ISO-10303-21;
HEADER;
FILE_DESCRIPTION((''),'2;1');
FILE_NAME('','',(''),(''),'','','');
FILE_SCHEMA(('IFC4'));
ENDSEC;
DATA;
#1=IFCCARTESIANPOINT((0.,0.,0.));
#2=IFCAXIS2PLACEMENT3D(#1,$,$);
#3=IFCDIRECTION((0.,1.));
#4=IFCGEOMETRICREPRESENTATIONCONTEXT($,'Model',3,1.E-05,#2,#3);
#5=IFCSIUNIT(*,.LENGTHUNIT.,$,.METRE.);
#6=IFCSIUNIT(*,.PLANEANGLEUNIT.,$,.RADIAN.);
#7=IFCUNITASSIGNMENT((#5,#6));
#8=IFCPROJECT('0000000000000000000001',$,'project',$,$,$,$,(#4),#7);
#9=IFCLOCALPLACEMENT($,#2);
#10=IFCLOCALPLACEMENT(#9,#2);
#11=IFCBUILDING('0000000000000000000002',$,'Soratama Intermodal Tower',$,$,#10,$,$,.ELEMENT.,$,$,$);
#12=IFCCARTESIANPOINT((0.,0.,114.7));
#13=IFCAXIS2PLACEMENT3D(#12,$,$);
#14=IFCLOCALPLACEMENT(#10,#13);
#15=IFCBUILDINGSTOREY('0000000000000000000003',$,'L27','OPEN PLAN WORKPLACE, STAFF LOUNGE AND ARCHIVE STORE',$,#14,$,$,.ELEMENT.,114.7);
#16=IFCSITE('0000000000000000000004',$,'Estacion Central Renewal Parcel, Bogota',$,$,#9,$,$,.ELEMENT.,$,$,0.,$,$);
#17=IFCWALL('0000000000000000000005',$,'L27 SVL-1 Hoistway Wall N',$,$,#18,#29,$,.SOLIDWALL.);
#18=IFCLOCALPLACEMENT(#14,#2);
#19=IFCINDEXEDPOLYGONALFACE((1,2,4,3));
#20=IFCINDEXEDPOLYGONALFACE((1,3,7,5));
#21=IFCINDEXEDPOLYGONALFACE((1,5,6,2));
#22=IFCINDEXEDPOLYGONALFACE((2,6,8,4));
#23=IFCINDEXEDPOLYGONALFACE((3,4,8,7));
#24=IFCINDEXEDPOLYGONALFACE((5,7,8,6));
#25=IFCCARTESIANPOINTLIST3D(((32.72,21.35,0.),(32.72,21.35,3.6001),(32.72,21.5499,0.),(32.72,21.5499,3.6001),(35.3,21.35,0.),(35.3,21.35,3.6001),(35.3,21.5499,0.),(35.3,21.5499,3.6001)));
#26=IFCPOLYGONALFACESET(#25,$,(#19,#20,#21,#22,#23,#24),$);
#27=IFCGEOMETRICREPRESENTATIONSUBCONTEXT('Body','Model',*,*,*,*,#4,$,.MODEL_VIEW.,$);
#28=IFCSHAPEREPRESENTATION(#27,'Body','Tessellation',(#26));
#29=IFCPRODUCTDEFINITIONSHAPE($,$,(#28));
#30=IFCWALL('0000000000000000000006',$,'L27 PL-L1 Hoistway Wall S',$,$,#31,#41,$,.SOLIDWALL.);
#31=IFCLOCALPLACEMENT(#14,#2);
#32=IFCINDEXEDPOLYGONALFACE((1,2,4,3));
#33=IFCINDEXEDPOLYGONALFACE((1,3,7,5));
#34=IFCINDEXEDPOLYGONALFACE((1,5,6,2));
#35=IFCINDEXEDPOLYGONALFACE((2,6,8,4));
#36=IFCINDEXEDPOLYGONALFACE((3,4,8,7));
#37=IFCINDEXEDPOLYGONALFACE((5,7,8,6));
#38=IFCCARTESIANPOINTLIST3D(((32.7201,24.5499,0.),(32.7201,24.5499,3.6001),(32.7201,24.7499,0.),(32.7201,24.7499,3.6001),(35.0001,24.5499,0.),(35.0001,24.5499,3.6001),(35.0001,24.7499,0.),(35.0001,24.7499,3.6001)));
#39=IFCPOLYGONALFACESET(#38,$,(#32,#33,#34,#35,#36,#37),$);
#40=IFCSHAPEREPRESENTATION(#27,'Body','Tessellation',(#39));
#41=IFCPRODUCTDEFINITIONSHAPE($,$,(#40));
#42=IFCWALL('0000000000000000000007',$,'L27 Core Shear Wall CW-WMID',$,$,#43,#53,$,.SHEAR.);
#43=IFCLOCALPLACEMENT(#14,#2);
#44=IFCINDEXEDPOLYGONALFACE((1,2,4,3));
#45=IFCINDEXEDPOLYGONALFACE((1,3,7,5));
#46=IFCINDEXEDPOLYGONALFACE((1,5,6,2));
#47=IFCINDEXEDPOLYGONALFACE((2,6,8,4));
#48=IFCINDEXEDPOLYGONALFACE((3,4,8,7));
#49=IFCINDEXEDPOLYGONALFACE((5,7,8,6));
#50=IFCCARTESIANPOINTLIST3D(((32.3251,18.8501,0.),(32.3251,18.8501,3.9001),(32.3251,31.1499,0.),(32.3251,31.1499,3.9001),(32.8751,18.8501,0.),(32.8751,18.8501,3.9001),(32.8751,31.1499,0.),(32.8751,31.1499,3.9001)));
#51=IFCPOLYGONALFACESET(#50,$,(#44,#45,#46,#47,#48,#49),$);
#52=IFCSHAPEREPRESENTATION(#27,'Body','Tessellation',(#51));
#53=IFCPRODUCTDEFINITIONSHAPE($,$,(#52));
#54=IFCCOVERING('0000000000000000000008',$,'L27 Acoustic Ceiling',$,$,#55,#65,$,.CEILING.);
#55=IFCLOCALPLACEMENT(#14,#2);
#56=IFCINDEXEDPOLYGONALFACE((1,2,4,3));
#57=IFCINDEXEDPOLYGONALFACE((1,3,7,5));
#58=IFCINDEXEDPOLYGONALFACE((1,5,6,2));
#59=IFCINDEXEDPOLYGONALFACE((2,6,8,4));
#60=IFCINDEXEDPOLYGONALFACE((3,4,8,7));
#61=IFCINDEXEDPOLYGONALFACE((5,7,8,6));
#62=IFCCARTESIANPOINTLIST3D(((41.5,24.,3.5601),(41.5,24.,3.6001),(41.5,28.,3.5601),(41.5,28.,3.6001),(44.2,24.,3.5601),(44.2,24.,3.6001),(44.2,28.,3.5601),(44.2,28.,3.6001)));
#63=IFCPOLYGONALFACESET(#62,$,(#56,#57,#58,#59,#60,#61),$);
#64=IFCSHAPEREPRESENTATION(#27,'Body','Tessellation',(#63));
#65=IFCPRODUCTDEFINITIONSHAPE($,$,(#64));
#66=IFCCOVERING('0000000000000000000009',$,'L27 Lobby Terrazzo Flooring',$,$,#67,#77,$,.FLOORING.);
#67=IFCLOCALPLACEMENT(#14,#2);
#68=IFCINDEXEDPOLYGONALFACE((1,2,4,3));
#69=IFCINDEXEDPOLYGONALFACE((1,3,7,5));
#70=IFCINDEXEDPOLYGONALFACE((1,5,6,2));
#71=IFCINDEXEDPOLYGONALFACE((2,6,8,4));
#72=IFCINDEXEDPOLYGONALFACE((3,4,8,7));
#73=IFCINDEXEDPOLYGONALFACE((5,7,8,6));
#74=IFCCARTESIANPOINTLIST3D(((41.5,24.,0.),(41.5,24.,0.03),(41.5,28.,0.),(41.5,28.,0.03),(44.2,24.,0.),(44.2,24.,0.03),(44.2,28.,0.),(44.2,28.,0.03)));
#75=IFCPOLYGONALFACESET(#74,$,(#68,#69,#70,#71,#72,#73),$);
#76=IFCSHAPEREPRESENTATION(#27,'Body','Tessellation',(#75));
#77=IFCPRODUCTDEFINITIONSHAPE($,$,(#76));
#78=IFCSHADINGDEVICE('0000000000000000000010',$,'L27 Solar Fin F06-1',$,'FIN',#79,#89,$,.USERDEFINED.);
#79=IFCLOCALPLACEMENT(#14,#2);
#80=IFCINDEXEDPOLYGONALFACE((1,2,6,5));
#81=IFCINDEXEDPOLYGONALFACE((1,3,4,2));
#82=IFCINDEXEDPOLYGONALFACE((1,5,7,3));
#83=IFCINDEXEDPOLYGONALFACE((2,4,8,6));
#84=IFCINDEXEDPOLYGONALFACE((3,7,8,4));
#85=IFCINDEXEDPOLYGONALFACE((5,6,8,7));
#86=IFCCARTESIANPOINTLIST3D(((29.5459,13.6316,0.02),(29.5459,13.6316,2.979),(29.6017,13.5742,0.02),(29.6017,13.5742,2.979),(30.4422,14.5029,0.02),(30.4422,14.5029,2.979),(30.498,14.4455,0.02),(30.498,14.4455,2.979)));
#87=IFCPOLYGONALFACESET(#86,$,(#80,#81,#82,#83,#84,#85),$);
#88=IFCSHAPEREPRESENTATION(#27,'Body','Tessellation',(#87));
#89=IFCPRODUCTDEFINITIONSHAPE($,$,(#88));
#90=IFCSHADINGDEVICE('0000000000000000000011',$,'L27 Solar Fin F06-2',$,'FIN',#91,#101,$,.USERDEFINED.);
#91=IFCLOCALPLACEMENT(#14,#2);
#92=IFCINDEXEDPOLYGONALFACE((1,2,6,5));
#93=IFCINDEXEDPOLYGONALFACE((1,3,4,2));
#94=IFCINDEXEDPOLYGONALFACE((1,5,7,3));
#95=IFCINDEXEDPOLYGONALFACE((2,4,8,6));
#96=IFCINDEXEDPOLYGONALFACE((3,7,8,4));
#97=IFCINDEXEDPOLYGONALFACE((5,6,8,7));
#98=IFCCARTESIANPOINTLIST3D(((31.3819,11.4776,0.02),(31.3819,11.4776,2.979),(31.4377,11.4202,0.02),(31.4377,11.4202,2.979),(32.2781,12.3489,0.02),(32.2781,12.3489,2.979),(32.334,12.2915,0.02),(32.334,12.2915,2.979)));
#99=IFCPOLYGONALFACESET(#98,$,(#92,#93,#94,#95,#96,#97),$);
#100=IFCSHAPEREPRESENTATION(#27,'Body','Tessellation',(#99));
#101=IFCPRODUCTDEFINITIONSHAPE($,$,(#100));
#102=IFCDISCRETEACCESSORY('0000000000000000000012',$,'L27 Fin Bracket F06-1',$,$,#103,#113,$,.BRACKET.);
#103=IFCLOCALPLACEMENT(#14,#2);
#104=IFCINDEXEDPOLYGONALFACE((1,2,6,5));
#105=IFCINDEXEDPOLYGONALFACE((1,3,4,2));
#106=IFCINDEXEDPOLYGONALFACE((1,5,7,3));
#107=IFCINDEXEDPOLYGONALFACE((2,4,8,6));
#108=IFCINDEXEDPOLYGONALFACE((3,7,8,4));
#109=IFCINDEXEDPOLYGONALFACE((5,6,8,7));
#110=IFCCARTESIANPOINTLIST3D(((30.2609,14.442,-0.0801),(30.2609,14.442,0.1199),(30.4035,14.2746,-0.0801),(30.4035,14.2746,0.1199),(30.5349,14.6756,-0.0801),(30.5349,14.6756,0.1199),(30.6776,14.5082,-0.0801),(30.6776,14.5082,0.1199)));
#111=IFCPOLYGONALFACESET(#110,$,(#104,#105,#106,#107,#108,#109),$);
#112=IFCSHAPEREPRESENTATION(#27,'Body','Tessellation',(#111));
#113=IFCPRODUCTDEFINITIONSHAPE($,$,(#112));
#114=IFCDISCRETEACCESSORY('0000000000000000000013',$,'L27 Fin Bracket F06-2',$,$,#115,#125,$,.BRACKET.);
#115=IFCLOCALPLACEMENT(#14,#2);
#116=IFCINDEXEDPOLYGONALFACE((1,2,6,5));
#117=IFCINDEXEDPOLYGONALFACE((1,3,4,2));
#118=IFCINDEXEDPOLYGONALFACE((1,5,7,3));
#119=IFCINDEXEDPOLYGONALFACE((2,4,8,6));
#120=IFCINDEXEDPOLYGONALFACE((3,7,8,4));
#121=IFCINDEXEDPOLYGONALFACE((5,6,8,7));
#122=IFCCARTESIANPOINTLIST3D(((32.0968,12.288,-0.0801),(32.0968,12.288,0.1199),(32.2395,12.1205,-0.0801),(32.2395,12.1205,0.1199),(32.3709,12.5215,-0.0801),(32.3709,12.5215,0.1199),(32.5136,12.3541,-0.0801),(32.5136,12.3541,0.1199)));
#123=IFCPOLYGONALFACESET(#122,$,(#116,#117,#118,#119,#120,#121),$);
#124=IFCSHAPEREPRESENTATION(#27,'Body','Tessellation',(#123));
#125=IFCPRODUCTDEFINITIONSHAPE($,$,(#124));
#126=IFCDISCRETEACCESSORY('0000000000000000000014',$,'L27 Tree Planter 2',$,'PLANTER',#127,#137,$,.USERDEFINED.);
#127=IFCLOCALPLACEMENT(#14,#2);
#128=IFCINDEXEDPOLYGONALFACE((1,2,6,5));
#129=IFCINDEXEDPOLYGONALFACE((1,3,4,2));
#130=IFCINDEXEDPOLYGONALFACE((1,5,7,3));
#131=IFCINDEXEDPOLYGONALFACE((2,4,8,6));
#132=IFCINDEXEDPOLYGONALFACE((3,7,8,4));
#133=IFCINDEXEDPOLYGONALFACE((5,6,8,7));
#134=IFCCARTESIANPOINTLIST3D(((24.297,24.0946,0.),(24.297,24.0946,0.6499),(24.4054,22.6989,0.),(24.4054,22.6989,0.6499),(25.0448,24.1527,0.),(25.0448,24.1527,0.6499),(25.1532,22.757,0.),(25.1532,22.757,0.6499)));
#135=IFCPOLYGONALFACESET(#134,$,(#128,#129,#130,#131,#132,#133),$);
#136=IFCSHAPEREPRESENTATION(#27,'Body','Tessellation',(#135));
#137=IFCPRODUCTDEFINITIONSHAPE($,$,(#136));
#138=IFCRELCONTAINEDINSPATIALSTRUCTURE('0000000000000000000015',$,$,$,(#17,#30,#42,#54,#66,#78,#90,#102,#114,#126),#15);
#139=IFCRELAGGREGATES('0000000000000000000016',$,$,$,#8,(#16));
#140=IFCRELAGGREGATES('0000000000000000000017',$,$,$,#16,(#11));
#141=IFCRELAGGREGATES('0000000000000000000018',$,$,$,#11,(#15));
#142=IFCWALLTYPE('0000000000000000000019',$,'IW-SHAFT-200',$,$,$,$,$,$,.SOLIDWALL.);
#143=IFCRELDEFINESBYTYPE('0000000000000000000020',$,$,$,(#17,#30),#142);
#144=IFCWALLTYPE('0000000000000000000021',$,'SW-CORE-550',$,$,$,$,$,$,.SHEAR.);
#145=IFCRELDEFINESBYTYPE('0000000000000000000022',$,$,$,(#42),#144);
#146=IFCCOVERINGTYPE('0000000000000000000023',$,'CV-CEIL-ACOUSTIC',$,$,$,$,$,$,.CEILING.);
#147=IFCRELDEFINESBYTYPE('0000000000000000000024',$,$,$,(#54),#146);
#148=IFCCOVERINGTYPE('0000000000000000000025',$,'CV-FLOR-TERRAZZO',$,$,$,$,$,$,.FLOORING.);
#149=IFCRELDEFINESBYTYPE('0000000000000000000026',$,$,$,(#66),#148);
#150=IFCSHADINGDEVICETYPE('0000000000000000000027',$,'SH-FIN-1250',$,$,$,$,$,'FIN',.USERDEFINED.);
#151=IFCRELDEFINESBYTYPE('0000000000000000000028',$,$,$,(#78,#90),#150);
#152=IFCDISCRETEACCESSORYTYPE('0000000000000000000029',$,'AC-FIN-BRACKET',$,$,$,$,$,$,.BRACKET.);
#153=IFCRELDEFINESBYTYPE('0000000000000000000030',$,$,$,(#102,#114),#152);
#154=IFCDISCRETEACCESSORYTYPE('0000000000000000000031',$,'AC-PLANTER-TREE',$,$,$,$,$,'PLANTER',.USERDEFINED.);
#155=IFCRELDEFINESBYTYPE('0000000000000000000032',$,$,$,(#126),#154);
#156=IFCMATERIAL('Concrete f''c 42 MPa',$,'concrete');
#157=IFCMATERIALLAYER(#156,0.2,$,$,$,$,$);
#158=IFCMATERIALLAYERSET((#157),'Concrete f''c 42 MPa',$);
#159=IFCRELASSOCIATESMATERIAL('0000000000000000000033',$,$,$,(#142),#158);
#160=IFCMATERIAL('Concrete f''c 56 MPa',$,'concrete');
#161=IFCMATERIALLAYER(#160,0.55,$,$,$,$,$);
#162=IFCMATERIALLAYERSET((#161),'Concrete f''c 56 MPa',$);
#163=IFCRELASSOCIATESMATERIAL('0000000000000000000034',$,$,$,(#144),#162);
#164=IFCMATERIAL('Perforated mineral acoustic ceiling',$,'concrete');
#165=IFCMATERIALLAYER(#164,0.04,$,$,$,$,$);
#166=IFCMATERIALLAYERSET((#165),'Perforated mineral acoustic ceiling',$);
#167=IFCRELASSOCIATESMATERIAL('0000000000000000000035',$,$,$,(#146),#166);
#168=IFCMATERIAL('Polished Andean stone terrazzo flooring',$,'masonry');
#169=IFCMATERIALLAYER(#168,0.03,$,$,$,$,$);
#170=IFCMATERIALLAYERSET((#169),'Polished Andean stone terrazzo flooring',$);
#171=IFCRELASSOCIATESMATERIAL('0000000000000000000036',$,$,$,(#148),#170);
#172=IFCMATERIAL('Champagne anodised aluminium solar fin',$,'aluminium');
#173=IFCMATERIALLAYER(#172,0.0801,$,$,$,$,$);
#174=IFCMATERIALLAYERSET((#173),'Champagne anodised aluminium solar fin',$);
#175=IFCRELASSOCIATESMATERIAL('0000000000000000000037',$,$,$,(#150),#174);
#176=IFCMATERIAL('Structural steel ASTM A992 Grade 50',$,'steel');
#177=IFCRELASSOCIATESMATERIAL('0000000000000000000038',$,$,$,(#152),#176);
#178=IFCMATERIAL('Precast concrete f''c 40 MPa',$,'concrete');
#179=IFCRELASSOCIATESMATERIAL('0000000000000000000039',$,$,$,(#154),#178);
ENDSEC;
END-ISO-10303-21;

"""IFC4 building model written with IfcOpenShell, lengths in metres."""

from ifc_helpers import new_model, si_unit, direction, frame, frame_2d, origin, origin_2d, place, context, subcontext, project, spatial, polyline, rectangle, outline, extrude, material, layer, layer_set, type_object, element, save


model = new_model("IFC4")

# Units and contexts
model_context = context("Model", 3, precision=1e-05, world=origin(), true_north=direction((0.0, 1.0)))
body_context = subcontext(model_context, "Body", "Model", "MODEL_VIEW")
ifc_project = project(units=[si_unit("LENGTHUNIT", "METRE"), si_unit("PLANEANGLEUNIT", "RADIAN")], contexts=[model_context])

# Site, building, storey
site_placement = place(None, origin())
site = spatial("IfcSite", under=ifc_project, at=site_placement, Name="Estacion Central Renewal Parcel, Bogota", CompositionType="ELEMENT", RefElevation=0.0)
building_placement = place(site_placement, origin())
building = spatial("IfcBuilding", under=site, at=building_placement, Name="Soratama Intermodal Tower", CompositionType="ELEMENT")
storey_placement = place(building_placement, frame((0.0, 0.0, 114.7)))
storey = spatial("IfcBuildingStorey", under=building, at=storey_placement, Name="L27", Description="OPEN PLAN WORKPLACE, STAFF LOUNGE AND ARCHIVE STORE", CompositionType="ELEMENT", Elevation=114.7)

# Walls
ifc_material_1 = material(Name="Concrete f'c 42 MPa", Category="concrete")
ifc_layer_1 = layer(ifc_material_1, 0.2)
ifc_layer_set_1 = layer_set([ifc_layer_1], Name="Concrete f'c 42 MPa")
wall_type_1 = type_object("IfcWallType", Name="IW-SHAFT-200", PredefinedType="SOLIDWALL", material=ifc_layer_set_1)
wall_1_placement = place(storey_placement, frame((32.72, 21.45, 0.0), z_axis=(0.0, 0.0, 1.0), x_axis=(1.0, 0.0, 0.0)))
element("IfcWall", 1, at=wall_1_placement, inside=storey, type_object=wall_type_1, Name="L27 SVL-1 Hoistway Wall N", PredefinedType="SOLIDWALL", context=body_context, shape_type="SweptSolid", body=[
    extrude(rectangle(XDim=2.5801, YDim=0.2, at=frame_2d((1.29, 0.0))), origin(), (0.0, 0.0, 1.0), 3.6001),
])
wall_2_placement = place(storey_placement, frame((32.72, 24.6499, 0.0), z_axis=(0.0, 0.0, 1.0), x_axis=(1.0, 0.0, 0.0)))
element("IfcWall", 2, at=wall_2_placement, inside=storey, type_object=wall_type_1, Name="L27 PL-L1 Hoistway Wall S", PredefinedType="SOLIDWALL", context=body_context, shape_type="SweptSolid", body=[
    extrude(rectangle(XDim=2.28, YDim=0.2, at=frame_2d((1.1401, 0.0))), origin(), (0.0, 0.0, 1.0), 3.6001),
])
ifc_material_2 = material(Name="Concrete f'c 56 MPa", Category="concrete")
ifc_layer_2 = layer(ifc_material_2, 0.55)
ifc_layer_set_2 = layer_set([ifc_layer_2], Name="Concrete f'c 56 MPa")
wall_type_2 = type_object("IfcWallType", Name="SW-CORE-550", PredefinedType="SHEAR", material=ifc_layer_set_2)
wall_3_placement = place(storey_placement, frame((32.6001, 18.8501, 0.0), z_axis=(0.0, 0.0, 1.0), x_axis=(0.0, 1.0, 0.0)))
element("IfcWall", 3, at=wall_3_placement, inside=storey, type_object=wall_type_2, Name="L27 Core Shear Wall CW-WMID", PredefinedType="SHEAR", context=body_context, shape_type="SweptSolid", body=[
    extrude(rectangle(XDim=12.2998, YDim=0.55, at=frame_2d((6.1499, 0.0))), origin(), (0.0, 0.0, 1.0), 3.9001),
])

# Coverings
ifc_material_3 = material(Name="Perforated mineral acoustic ceiling", Category="concrete")
ifc_layer_3 = layer(ifc_material_3, 0.04)
ifc_layer_set_3 = layer_set([ifc_layer_3], Name="Perforated mineral acoustic ceiling")
covering_type_1 = type_object("IfcCoveringType", Name="CV-CEIL-ACOUSTIC", PredefinedType="CEILING", material=ifc_layer_set_3)
covering_1_placement = place(storey_placement, frame((0.0, 0.0, 3.5601)))
element("IfcCovering", 4, at=covering_1_placement, inside=storey, type_object=covering_type_1, Name="L27 Acoustic Ceiling", PredefinedType="CEILING", context=body_context, shape_type="SweptSolid", body=[
    extrude(outline(polyline([(41.5, 24.0), (44.2, 24.0), (44.2, 28.0), (41.5, 28.0), (41.5, 24.0)])), origin(), (0.0, 0.0, 1.0), 0.04),
])
ifc_material_4 = material(Name="Polished Andean stone terrazzo flooring", Category="masonry")
ifc_layer_4 = layer(ifc_material_4, 0.03)
ifc_layer_set_4 = layer_set([ifc_layer_4], Name="Polished Andean stone terrazzo flooring")
covering_type_2 = type_object("IfcCoveringType", Name="CV-FLOR-TERRAZZO", PredefinedType="FLOORING", material=ifc_layer_set_4)
covering_2_placement = place(storey_placement, origin())
element("IfcCovering", 5, at=covering_2_placement, inside=storey, type_object=covering_type_2, Name="L27 Lobby Terrazzo Flooring", PredefinedType="FLOORING", context=body_context, shape_type="SweptSolid", body=[
    extrude(outline(polyline([(41.5, 24.0), (44.2, 24.0), (44.2, 28.0), (41.5, 28.0), (41.5, 24.0)])), origin(), (0.0, 0.0, 1.0), 0.03),
])

# Shading devices
ifc_material_5 = material(Name="Champagne anodised aluminium solar fin", Category="aluminium")
ifc_layer_5 = layer(ifc_material_5, 0.0801)
ifc_layer_set_5 = layer_set([ifc_layer_5], Name="Champagne anodised aluminium solar fin")
shading_device_type = type_object("IfcShadingDeviceType", Name="SH-FIN-1250", ElementType="FIN", PredefinedType="USERDEFINED", material=ifc_layer_set_5)
for number, where, z_axis, x_axis, name in (
    (6, (30.022, 14.0386, 0.02), (0.0, 0.0, 1.0), (-0.717032, -0.69704, 0.0), "L27 Solar Fin F06-1"),
    (7, (31.8579, 11.8845, 0.02), (0.0, 0.0, 1.0), (-0.717032, -0.69704, 0.0), "L27 Solar Fin F06-2"),
):
    element("IfcShadingDevice", number, at=place(storey_placement, frame(where, z_axis=z_axis, x_axis=x_axis)), inside=storey, type_object=shading_device_type, Name=name, ObjectType="FIN", PredefinedType="USERDEFINED", context=body_context, shape_type="SweptSolid", body=[
        extrude(rectangle(XDim=1.25, YDim=0.0801, at=origin_2d()), origin(), (0.0, 0.0, 1.0), 2.959),
    ])

# Discrete accessories
ifc_material_6 = material(Name="Structural steel ASTM A992 Grade 50", Category="steel")
discrete_accessory_type_1 = type_object("IfcDiscreteAccessoryType", Name="AC-FIN-BRACKET", PredefinedType="BRACKET", material=ifc_material_6)
for number, where, z_axis, x_axis, name in (
    (8, (30.4692, 14.4751, -0.0801), (0.0, 0.0, 1.0), (-0.761086, -0.648651, 0.0), "L27 Fin Bracket F06-1"),
    (9, (32.3052, 12.321, -0.0801), (0.0, 0.0, 1.0), (-0.761086, -0.648651, 0.0), "L27 Fin Bracket F06-2"),
):
    element("IfcDiscreteAccessory", number, at=place(storey_placement, frame(where, z_axis=z_axis, x_axis=x_axis)), inside=storey, type_object=discrete_accessory_type_1, Name=name, PredefinedType="BRACKET", context=body_context, shape_type="SweptSolid", body=[
        extrude(rectangle(XDim=0.3601, YDim=0.22, at=origin_2d()), origin(), (0.0, 0.0, 1.0), 0.2),
    ])
ifc_material_7 = material(Name="Precast concrete f'c 40 MPa", Category="concrete")
discrete_accessory_type_2 = type_object("IfcDiscreteAccessoryType", Name="AC-PLANTER-TREE", ElementType="PLANTER", PredefinedType="USERDEFINED", material=ifc_material_7)
discrete_accessory_placement = place(storey_placement, frame((24.7251, 23.4258, 0.0), z_axis=(0.0, 0.0, 1.0), x_axis=(-0.996999, -0.077415, 0.0)))
element("IfcDiscreteAccessory", 10, at=discrete_accessory_placement, inside=storey, type_object=discrete_accessory_type_2, Name="L27 Tree Planter 2", ObjectType="PLANTER", PredefinedType="USERDEFINED", context=body_context, shape_type="SweptSolid", body=[
    extrude(rectangle(XDim=0.75, YDim=1.3999, at=origin_2d()), origin(), (0.0, 0.0, 1.0), 0.6499),
])

save(model, "model.ifc")
